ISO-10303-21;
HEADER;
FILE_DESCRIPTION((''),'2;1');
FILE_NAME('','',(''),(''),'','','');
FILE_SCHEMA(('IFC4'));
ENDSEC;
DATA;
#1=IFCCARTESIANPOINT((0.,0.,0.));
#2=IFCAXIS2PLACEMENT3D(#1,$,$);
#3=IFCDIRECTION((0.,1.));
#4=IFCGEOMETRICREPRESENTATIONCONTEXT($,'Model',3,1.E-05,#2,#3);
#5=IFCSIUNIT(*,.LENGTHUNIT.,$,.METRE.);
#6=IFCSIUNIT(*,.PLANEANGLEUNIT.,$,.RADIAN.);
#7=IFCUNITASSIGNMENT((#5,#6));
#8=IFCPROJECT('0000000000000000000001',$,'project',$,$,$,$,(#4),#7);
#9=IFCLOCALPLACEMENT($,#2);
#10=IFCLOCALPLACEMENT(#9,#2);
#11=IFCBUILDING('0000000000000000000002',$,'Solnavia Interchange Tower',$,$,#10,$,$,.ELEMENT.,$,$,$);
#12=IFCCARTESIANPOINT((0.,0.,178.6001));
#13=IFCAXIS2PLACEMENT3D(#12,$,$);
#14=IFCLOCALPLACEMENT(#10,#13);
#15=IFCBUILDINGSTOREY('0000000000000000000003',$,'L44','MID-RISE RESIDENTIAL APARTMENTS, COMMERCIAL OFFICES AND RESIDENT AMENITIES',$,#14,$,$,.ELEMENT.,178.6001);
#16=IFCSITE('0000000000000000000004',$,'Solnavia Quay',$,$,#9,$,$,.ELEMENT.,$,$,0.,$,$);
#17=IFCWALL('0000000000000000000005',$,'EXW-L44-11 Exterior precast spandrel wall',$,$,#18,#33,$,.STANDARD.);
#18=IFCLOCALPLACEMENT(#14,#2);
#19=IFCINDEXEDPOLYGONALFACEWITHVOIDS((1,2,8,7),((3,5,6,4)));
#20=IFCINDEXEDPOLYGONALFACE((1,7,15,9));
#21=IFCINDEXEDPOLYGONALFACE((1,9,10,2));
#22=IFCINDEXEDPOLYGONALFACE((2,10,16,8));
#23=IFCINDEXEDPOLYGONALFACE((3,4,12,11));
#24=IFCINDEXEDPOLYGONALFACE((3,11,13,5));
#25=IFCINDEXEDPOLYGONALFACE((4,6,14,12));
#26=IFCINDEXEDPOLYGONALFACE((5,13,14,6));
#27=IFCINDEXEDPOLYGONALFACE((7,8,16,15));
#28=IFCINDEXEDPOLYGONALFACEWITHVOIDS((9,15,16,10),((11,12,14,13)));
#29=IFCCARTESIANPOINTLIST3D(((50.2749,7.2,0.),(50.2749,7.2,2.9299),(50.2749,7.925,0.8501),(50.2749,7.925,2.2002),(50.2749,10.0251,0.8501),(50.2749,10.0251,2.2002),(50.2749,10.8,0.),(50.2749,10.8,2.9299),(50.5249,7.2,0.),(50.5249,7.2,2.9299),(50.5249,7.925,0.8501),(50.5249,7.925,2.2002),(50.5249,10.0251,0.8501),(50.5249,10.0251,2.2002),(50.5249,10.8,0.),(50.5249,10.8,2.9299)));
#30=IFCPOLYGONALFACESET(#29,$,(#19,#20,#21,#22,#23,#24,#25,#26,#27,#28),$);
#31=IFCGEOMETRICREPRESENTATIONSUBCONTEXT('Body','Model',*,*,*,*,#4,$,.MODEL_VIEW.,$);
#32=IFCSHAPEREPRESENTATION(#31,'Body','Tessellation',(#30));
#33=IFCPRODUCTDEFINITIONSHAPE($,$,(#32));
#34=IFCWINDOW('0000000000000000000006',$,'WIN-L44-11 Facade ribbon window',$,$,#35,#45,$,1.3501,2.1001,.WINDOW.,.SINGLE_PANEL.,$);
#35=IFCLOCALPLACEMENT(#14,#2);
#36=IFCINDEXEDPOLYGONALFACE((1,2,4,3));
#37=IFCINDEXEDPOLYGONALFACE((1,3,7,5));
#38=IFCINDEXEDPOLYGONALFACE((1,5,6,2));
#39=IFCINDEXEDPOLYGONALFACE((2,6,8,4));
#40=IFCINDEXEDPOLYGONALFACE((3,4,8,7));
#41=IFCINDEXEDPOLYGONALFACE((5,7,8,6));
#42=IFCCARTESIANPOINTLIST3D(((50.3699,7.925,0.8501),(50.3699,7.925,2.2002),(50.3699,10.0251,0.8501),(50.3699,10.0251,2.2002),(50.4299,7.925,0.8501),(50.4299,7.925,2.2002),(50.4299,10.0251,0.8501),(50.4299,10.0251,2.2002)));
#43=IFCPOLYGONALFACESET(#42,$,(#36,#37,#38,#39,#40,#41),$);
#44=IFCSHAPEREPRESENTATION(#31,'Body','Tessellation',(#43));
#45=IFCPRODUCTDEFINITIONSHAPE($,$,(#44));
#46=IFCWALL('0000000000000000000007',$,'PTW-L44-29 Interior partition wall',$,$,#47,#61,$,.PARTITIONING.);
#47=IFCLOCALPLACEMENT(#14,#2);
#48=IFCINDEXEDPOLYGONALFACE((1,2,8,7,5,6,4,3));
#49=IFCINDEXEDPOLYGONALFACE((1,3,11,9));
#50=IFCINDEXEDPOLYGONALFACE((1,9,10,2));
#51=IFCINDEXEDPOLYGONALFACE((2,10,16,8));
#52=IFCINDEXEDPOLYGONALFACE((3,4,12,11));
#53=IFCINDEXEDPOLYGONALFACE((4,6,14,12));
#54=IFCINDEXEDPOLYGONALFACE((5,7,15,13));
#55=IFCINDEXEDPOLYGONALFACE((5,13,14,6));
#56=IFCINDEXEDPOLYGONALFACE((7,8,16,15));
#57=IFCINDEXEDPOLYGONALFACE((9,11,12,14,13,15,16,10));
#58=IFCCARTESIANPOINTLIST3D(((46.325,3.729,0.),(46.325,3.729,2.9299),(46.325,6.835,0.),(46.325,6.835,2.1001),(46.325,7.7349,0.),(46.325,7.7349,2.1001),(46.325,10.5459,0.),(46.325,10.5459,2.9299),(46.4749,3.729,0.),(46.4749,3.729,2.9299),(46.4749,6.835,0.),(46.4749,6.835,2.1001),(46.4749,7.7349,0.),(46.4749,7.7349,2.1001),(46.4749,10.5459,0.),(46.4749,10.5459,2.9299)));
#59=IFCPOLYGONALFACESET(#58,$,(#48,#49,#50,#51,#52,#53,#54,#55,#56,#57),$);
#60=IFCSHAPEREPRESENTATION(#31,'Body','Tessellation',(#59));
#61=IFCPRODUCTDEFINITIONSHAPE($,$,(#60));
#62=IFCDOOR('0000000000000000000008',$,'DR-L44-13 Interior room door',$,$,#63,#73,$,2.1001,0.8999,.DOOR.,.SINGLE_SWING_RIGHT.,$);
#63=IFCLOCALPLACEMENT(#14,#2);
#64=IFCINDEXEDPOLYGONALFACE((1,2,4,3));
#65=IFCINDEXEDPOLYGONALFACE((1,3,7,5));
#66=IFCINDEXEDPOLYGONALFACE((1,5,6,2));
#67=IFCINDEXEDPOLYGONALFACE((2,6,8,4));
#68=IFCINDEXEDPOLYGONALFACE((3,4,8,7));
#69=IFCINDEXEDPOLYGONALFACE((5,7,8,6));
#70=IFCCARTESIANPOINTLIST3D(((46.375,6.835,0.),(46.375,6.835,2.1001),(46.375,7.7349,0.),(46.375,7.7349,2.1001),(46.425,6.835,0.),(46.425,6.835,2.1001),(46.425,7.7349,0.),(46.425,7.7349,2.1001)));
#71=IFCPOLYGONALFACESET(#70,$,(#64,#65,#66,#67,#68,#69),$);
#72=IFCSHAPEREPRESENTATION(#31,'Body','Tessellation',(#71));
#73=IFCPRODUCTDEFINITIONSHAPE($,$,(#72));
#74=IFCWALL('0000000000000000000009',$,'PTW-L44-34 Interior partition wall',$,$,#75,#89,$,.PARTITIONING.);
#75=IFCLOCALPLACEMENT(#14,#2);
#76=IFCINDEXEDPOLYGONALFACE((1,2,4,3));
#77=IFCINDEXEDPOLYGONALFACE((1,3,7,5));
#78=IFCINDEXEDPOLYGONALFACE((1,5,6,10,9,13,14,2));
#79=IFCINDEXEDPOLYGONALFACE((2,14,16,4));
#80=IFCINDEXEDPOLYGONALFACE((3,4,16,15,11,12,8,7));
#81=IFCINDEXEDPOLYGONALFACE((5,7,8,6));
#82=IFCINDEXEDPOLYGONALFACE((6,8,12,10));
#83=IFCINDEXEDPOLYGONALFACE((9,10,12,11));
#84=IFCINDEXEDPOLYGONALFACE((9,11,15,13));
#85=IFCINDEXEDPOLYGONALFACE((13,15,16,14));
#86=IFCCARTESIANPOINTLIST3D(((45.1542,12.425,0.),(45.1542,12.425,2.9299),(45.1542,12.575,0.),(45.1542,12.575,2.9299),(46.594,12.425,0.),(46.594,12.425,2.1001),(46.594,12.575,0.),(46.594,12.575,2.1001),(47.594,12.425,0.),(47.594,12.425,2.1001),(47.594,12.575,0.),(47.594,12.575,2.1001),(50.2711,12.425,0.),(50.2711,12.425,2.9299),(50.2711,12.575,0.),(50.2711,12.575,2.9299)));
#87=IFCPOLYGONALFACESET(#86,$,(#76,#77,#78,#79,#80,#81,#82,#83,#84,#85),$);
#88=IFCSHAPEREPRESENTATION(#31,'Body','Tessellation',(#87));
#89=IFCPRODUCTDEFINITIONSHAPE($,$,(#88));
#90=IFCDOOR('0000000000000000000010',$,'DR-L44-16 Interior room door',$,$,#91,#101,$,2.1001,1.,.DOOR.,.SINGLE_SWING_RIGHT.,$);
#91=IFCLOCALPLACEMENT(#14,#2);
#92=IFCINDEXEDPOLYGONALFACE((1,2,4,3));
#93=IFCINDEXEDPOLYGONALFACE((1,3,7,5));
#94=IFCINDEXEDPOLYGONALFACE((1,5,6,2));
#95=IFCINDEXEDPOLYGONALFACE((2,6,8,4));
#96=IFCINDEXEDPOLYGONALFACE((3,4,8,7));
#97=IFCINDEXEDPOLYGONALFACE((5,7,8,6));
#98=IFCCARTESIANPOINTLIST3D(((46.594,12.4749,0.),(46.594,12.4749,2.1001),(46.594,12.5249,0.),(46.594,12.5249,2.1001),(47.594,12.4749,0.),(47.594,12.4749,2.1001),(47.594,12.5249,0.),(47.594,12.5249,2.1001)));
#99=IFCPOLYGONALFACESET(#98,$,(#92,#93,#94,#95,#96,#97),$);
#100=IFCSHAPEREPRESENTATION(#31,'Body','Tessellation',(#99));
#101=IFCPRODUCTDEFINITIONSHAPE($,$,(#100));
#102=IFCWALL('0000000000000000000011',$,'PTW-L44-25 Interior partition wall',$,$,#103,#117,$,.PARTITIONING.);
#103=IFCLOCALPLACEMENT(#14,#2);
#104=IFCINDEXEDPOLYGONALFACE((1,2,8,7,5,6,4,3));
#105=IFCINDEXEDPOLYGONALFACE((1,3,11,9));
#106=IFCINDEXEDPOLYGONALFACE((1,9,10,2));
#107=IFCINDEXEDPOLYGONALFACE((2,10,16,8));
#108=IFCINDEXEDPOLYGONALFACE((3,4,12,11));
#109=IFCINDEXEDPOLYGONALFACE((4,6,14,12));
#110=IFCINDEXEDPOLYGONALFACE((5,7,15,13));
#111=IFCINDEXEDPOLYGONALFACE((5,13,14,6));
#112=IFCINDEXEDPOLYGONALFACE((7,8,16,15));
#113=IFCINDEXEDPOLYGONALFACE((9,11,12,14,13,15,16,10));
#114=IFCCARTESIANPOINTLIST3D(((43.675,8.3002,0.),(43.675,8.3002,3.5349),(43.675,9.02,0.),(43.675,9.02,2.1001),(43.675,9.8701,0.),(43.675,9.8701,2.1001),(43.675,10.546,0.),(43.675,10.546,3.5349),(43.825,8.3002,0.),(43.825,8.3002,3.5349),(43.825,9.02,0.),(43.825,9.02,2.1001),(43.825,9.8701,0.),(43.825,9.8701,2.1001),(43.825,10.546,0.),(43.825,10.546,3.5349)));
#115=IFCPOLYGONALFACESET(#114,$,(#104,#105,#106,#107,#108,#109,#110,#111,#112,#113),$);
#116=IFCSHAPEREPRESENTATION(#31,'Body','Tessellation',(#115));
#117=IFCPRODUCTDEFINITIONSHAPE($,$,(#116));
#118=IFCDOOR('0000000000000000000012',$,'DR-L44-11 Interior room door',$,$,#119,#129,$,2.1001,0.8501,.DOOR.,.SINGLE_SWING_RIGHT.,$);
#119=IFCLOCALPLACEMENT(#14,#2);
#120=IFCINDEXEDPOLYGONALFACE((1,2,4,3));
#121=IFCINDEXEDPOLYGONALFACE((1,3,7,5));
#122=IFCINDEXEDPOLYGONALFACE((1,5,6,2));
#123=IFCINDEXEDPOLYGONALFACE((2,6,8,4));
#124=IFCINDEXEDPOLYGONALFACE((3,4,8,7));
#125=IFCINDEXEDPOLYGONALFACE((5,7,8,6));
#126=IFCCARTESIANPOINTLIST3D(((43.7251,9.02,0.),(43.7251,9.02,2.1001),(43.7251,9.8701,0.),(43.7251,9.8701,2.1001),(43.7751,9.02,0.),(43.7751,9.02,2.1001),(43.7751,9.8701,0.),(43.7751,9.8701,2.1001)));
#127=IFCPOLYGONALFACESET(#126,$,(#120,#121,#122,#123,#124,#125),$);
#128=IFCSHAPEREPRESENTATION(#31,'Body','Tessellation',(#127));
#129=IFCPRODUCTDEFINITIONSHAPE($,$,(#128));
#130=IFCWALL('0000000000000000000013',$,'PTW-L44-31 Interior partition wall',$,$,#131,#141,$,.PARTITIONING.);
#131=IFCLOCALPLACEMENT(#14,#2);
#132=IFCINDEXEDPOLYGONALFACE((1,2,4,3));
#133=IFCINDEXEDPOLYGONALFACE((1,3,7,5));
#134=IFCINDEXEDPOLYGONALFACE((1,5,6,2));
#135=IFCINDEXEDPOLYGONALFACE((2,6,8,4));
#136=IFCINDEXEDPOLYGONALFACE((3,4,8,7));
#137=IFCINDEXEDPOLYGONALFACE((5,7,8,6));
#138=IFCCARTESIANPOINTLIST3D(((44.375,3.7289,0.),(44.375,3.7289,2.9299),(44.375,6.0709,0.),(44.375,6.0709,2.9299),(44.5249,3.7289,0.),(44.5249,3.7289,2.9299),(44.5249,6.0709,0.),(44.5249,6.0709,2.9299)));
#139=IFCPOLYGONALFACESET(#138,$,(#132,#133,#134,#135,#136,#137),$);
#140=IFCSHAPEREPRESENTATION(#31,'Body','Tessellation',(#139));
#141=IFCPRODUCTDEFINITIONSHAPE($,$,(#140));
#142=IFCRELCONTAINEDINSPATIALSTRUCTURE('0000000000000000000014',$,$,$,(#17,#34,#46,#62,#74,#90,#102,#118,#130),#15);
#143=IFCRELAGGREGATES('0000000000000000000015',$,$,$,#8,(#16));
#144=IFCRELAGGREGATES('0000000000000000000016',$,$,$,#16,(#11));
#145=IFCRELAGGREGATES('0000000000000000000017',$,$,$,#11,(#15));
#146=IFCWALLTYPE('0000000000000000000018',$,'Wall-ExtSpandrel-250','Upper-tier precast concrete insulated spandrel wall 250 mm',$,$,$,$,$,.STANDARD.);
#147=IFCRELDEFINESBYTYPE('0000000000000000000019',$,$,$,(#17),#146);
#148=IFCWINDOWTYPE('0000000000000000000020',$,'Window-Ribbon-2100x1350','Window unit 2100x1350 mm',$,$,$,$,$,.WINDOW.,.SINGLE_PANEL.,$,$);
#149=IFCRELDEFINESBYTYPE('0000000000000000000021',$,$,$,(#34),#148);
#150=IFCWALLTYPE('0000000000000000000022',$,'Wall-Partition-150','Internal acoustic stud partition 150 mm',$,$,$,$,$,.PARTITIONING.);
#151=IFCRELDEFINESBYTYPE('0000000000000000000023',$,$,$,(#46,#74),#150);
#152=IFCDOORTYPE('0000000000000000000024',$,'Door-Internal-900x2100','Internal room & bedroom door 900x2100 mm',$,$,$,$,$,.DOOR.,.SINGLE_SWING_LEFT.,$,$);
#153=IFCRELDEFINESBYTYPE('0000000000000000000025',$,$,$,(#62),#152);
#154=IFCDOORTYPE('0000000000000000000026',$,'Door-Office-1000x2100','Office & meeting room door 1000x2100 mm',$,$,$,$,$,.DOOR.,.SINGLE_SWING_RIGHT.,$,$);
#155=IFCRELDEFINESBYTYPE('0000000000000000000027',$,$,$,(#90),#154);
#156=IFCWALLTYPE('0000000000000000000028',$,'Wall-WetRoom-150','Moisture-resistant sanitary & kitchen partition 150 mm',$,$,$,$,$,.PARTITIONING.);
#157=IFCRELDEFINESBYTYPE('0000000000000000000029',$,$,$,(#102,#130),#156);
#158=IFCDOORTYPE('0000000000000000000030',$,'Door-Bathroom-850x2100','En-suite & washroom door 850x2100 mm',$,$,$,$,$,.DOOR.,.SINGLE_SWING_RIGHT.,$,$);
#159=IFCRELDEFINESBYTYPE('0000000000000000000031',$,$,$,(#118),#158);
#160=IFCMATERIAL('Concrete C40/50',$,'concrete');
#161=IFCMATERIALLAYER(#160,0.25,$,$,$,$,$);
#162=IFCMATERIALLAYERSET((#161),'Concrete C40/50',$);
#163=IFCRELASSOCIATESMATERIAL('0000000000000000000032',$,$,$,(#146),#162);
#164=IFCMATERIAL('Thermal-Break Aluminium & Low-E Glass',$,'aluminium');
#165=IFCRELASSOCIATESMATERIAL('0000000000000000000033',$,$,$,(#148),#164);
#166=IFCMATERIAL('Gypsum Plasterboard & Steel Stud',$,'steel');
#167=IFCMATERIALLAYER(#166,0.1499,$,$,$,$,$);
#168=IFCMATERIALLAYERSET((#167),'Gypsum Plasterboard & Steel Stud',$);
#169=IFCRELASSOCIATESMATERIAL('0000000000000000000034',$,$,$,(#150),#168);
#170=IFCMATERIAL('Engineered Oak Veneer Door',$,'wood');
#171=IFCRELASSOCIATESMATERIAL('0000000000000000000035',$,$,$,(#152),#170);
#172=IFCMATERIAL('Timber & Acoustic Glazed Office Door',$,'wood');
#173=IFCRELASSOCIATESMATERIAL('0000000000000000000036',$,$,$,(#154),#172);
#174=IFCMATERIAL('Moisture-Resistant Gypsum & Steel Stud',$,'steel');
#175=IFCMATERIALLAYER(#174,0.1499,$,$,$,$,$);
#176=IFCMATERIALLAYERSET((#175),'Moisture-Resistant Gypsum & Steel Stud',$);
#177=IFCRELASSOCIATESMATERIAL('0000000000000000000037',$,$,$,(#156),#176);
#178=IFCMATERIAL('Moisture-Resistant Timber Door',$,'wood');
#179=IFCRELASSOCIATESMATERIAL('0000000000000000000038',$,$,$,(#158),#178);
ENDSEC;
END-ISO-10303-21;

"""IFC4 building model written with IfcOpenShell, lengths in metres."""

from ifc_helpers import new_model, si_unit, direction, frame, frame_2d, origin, place, context, subcontext, project, spatial, rectangle, extrude, material, layer, layer_set, type_object, element, fill, save


model = new_model("IFC4")

# Units and contexts
model_context = context("Model", 3, precision=1e-05, world=origin(), true_north=direction((0.0, 1.0)))
body_context = subcontext(model_context, "Body", "Model", "MODEL_VIEW")
ifc_project = project(units=[si_unit("LENGTHUNIT", "METRE"), si_unit("PLANEANGLEUNIT", "RADIAN")], contexts=[model_context])

# Site, building, storey
site_placement = place(None, origin())
site = spatial("IfcSite", under=ifc_project, at=site_placement, Name="Solnavia Quay", CompositionType="ELEMENT", RefElevation=0.0)
building_placement = place(site_placement, origin())
building = spatial("IfcBuilding", under=site, at=building_placement, Name="Solnavia Interchange Tower", CompositionType="ELEMENT")
storey_placement = place(building_placement, frame((0.0, 0.0, 178.6001)))
storey = spatial("IfcBuildingStorey", under=building, at=storey_placement, Name="L44", Description="MID-RISE RESIDENTIAL APARTMENTS, COMMERCIAL OFFICES AND RESIDENT AMENITIES", CompositionType="ELEMENT", Elevation=178.6001)

# Shared definitions
ifc_material_1 = material(Name="Concrete C40/50", Category="concrete")
ifc_layer_1 = layer(ifc_material_1, 0.25)
ifc_layer_set_1 = layer_set([ifc_layer_1], Name="Concrete C40/50")
wall_type_1 = type_object("IfcWallType", Name="Wall-ExtSpandrel-250", Description="Upper-tier precast concrete insulated spandrel wall 250 mm", PredefinedType="STANDARD", material=ifc_layer_set_1)

# Wall, opening, window
wall_1_placement = place(storey_placement, frame((50.3999, 10.8, 0.0), z_axis=(0.0, 0.0, 1.0), x_axis=(0.0, -1.0, 0.0)))
wall_1 = element("IfcWall", 1, at=wall_1_placement, inside=storey, type_object=wall_type_1, Name="EXW-L44-11 Exterior precast spandrel wall", PredefinedType="STANDARD", context=body_context, shape_type="SweptSolid", body=[
    extrude(rectangle(XDim=3.6001, YDim=0.25, at=frame_2d((1.8, 0.0))), origin(), (0.0, 0.0, 1.0), 2.9299),
])
opening_1_placement = place(wall_1_placement, frame((0.7749, 0.0, 0.8501)))
opening_1 = element("IfcOpeningElement", 2, at=opening_1_placement, cuts=wall_1, PredefinedType="OPENING", context=body_context, shape_type="SweptSolid", body=[
    extrude(rectangle(XDim=2.1001, YDim=1.3501, at=frame_2d((1.05, 0.675))), frame((0.0, 0.135, 0.0), z_axis=(0.0, -1.0, 0.0), x_axis=(1.0, 0.0, 0.0)), (0.0, 0.0, 1.0), 0.27),
])
ifc_material_2 = material(Name="Thermal-Break Aluminium & Low-E Glass", Category="aluminium")
window_type = type_object("IfcWindowType", Name="Window-Ribbon-2100x1350", Description="Window unit 2100x1350 mm", PartitioningType="SINGLE_PANEL", PredefinedType="WINDOW", material=ifc_material_2)
window_placement = place(opening_1_placement, origin())
window = element("IfcWindow", 3, at=window_placement, inside=storey, type_object=window_type, Name="WIN-L44-11 Facade ribbon window", OverallHeight=1.3501, OverallWidth=2.1001, PartitioningType="SINGLE_PANEL", PredefinedType="WINDOW", context=body_context, shape_type="SweptSolid", body=[
    extrude(rectangle(XDim=2.1001, YDim=1.3501, at=frame_2d((1.05, 0.675))), frame((0.0, 0.03, 0.0), z_axis=(0.0, -1.0, 0.0), x_axis=(1.0, 0.0, 0.0)), (0.0, 0.0, 1.0), 0.0601),
])
fill(opening_1, window)

# Walls, openings, doors
ifc_material_3 = material(Name="Gypsum Plasterboard & Steel Stud", Category="steel")
ifc_layer_2 = layer(ifc_material_3, 0.1499)
ifc_layer_set_2 = layer_set([ifc_layer_2], Name="Gypsum Plasterboard & Steel Stud")
wall_type_2 = type_object("IfcWallType", Name="Wall-Partition-150", Description="Internal acoustic stud partition 150 mm", PredefinedType="PARTITIONING", material=ifc_layer_set_2)
wall_2_placement = place(storey_placement, frame((46.3999, 3.729, 0.0), z_axis=(0.0, 0.0, 1.0), x_axis=(0.0, 1.0, 0.0)))
wall_2 = element("IfcWall", 4, at=wall_2_placement, inside=storey, type_object=wall_type_2, Name="PTW-L44-29 Interior partition wall", PredefinedType="PARTITIONING", context=body_context, shape_type="SweptSolid", body=[
    extrude(rectangle(XDim=6.8169, YDim=0.1499, at=frame_2d((3.4084, 0.0))), origin(), (0.0, 0.0, 1.0), 2.9299),
])
opening_2_placement = place(wall_2_placement, frame((3.106, 0.0, 0.0)))
opening_2 = element("IfcOpeningElement", 5, at=opening_2_placement, cuts=wall_2, PredefinedType="OPENING", context=body_context, shape_type="SweptSolid", body=[
    extrude(rectangle(XDim=0.8999, YDim=2.1001, at=frame_2d((0.45, 1.05))), frame((0.0, 0.085, 0.0), z_axis=(0.0, -1.0, 0.0), x_axis=(1.0, 0.0, 0.0)), (0.0, 0.0, 1.0), 0.1699),
])
ifc_material_4 = material(Name="Engineered Oak Veneer Door", Category="wood")
door_type_1 = type_object("IfcDoorType", Name="Door-Internal-900x2100", Description="Internal room & bedroom door 900x2100 mm", OperationType="SINGLE_SWING_LEFT", PredefinedType="DOOR", material=ifc_material_4)
door_1_placement = place(opening_2_placement, origin())
door_1 = element("IfcDoor", 6, at=door_1_placement, inside=storey, type_object=door_type_1, Name="DR-L44-13 Interior room door", OperationType="SINGLE_SWING_RIGHT", OverallHeight=2.1001, OverallWidth=0.8999, PredefinedType="DOOR", context=body_context, shape_type="SweptSolid", body=[
    extrude(rectangle(XDim=0.8999, YDim=2.1001, at=frame_2d((0.45, 1.05))), frame((0.0, 0.0249, 0.0), z_axis=(0.0, -1.0, 0.0), x_axis=(1.0, 0.0, 0.0)), (0.0, 0.0, 1.0), 0.05),
])
fill(opening_2, door_1)
wall_3_placement = place(storey_placement, frame((45.1541, 12.5, 0.0), z_axis=(0.0, 0.0, 1.0), x_axis=(1.0, 0.0, 0.0)))
wall_3 = element("IfcWall", 7, at=wall_3_placement, inside=storey, type_object=wall_type_2, Name="PTW-L44-34 Interior partition wall", PredefinedType="PARTITIONING", context=body_context, shape_type="SweptSolid", body=[
    extrude(rectangle(XDim=5.1169, YDim=0.1499, at=frame_2d((2.5586, 0.0))), origin(), (0.0, 0.0, 1.0), 2.9299),
])
opening_3_placement = place(wall_3_placement, frame((1.4399, 0.0, 0.0)))
opening_3 = element("IfcOpeningElement", 8, at=opening_3_placement, cuts=wall_3, PredefinedType="OPENING", context=body_context, shape_type="SweptSolid", body=[
    extrude(rectangle(XDim=1.0, YDim=2.1001, at=frame_2d((0.5, 1.05))), frame((0.0, 0.085, 0.0), z_axis=(0.0, -1.0, 0.0), x_axis=(1.0, 0.0, 0.0)), (0.0, 0.0, 1.0), 0.1699),
])
ifc_material_5 = material(Name="Timber & Acoustic Glazed Office Door", Category="wood")
door_type_2 = type_object("IfcDoorType", Name="Door-Office-1000x2100", Description="Office & meeting room door 1000x2100 mm", OperationType="SINGLE_SWING_RIGHT", PredefinedType="DOOR", material=ifc_material_5)
door_2_placement = place(opening_3_placement, origin())
door_2 = element("IfcDoor", 9, at=door_2_placement, inside=storey, type_object=door_type_2, Name="DR-L44-16 Interior room door", OperationType="SINGLE_SWING_RIGHT", OverallHeight=2.1001, OverallWidth=1.0, PredefinedType="DOOR", context=body_context, shape_type="SweptSolid", body=[
    extrude(rectangle(XDim=1.0, YDim=2.1001, at=frame_2d((0.5, 1.05))), frame((0.0, 0.0249, 0.0), z_axis=(0.0, -1.0, 0.0), x_axis=(1.0, 0.0, 0.0)), (0.0, 0.0, 1.0), 0.05),
])
fill(opening_3, door_2)
ifc_material_6 = material(Name="Moisture-Resistant Gypsum & Steel Stud", Category="steel")
ifc_layer_3 = layer(ifc_material_6, 0.1499)
ifc_layer_set_3 = layer_set([ifc_layer_3], Name="Moisture-Resistant Gypsum & Steel Stud")
wall_type_3 = type_object("IfcWallType", Name="Wall-WetRoom-150", Description="Moisture-resistant sanitary & kitchen partition 150 mm", PredefinedType="PARTITIONING", material=ifc_layer_set_3)
wall_4_placement = place(storey_placement, frame((43.75, 8.3, 0.0), z_axis=(0.0, 0.0, 1.0), x_axis=(0.0, 1.0, 0.0)))
wall_4 = element("IfcWall", 10, at=wall_4_placement, inside=storey, type_object=wall_type_3, Name="PTW-L44-25 Interior partition wall", PredefinedType="PARTITIONING", context=body_context, shape_type="SweptSolid", body=[
    extrude(rectangle(XDim=2.2458, YDim=0.1499, at=frame_2d((1.123, 0.0))), origin(), (0.0, 0.0, 1.0), 3.5349),
])
opening_4_placement = place(wall_4_placement, frame((0.72, 0.0, 0.0)))
opening_4 = element("IfcOpeningElement", 11, at=opening_4_placement, cuts=wall_4, PredefinedType="OPENING", context=body_context, shape_type="SweptSolid", body=[
    extrude(rectangle(XDim=0.8501, YDim=2.1001, at=frame_2d((0.425, 1.05))), frame((0.0, 0.085, 0.0), z_axis=(0.0, -1.0, 0.0), x_axis=(1.0, 0.0, 0.0)), (0.0, 0.0, 1.0), 0.1699),
])
ifc_material_7 = material(Name="Moisture-Resistant Timber Door", Category="wood")
door_type_3 = type_object("IfcDoorType", Name="Door-Bathroom-850x2100", Description="En-suite & washroom door 850x2100 mm", OperationType="SINGLE_SWING_RIGHT", PredefinedType="DOOR", material=ifc_material_7)
door_3_placement = place(opening_4_placement, origin())
door_3 = element("IfcDoor", 12, at=door_3_placement, inside=storey, type_object=door_type_3, Name="DR-L44-11 Interior room door", OperationType="SINGLE_SWING_RIGHT", OverallHeight=2.1001, OverallWidth=0.8501, PredefinedType="DOOR", context=body_context, shape_type="SweptSolid", body=[
    extrude(rectangle(XDim=0.8501, YDim=2.1001, at=frame_2d((0.425, 1.05))), frame((0.0, 0.0249, 0.0), z_axis=(0.0, -1.0, 0.0), x_axis=(1.0, 0.0, 0.0)), (0.0, 0.0, 1.0), 0.05),
])
fill(opening_4, door_3)

# Wall
wall_5_placement = place(storey_placement, frame((44.45, 3.729, 0.0), z_axis=(0.0, 0.0, 1.0), x_axis=(0.0, 1.0, 0.0)))
element("IfcWall", 13, at=wall_5_placement, inside=storey, type_object=wall_type_3, Name="PTW-L44-31 Interior partition wall", PredefinedType="PARTITIONING", context=body_context, shape_type="SweptSolid", body=[
    extrude(rectangle(XDim=2.342, YDim=0.1499, at=frame_2d((1.1709, 0.0))), origin(), (0.0, 0.0, 1.0), 2.9299),
])

save(model, "model.ifc")
